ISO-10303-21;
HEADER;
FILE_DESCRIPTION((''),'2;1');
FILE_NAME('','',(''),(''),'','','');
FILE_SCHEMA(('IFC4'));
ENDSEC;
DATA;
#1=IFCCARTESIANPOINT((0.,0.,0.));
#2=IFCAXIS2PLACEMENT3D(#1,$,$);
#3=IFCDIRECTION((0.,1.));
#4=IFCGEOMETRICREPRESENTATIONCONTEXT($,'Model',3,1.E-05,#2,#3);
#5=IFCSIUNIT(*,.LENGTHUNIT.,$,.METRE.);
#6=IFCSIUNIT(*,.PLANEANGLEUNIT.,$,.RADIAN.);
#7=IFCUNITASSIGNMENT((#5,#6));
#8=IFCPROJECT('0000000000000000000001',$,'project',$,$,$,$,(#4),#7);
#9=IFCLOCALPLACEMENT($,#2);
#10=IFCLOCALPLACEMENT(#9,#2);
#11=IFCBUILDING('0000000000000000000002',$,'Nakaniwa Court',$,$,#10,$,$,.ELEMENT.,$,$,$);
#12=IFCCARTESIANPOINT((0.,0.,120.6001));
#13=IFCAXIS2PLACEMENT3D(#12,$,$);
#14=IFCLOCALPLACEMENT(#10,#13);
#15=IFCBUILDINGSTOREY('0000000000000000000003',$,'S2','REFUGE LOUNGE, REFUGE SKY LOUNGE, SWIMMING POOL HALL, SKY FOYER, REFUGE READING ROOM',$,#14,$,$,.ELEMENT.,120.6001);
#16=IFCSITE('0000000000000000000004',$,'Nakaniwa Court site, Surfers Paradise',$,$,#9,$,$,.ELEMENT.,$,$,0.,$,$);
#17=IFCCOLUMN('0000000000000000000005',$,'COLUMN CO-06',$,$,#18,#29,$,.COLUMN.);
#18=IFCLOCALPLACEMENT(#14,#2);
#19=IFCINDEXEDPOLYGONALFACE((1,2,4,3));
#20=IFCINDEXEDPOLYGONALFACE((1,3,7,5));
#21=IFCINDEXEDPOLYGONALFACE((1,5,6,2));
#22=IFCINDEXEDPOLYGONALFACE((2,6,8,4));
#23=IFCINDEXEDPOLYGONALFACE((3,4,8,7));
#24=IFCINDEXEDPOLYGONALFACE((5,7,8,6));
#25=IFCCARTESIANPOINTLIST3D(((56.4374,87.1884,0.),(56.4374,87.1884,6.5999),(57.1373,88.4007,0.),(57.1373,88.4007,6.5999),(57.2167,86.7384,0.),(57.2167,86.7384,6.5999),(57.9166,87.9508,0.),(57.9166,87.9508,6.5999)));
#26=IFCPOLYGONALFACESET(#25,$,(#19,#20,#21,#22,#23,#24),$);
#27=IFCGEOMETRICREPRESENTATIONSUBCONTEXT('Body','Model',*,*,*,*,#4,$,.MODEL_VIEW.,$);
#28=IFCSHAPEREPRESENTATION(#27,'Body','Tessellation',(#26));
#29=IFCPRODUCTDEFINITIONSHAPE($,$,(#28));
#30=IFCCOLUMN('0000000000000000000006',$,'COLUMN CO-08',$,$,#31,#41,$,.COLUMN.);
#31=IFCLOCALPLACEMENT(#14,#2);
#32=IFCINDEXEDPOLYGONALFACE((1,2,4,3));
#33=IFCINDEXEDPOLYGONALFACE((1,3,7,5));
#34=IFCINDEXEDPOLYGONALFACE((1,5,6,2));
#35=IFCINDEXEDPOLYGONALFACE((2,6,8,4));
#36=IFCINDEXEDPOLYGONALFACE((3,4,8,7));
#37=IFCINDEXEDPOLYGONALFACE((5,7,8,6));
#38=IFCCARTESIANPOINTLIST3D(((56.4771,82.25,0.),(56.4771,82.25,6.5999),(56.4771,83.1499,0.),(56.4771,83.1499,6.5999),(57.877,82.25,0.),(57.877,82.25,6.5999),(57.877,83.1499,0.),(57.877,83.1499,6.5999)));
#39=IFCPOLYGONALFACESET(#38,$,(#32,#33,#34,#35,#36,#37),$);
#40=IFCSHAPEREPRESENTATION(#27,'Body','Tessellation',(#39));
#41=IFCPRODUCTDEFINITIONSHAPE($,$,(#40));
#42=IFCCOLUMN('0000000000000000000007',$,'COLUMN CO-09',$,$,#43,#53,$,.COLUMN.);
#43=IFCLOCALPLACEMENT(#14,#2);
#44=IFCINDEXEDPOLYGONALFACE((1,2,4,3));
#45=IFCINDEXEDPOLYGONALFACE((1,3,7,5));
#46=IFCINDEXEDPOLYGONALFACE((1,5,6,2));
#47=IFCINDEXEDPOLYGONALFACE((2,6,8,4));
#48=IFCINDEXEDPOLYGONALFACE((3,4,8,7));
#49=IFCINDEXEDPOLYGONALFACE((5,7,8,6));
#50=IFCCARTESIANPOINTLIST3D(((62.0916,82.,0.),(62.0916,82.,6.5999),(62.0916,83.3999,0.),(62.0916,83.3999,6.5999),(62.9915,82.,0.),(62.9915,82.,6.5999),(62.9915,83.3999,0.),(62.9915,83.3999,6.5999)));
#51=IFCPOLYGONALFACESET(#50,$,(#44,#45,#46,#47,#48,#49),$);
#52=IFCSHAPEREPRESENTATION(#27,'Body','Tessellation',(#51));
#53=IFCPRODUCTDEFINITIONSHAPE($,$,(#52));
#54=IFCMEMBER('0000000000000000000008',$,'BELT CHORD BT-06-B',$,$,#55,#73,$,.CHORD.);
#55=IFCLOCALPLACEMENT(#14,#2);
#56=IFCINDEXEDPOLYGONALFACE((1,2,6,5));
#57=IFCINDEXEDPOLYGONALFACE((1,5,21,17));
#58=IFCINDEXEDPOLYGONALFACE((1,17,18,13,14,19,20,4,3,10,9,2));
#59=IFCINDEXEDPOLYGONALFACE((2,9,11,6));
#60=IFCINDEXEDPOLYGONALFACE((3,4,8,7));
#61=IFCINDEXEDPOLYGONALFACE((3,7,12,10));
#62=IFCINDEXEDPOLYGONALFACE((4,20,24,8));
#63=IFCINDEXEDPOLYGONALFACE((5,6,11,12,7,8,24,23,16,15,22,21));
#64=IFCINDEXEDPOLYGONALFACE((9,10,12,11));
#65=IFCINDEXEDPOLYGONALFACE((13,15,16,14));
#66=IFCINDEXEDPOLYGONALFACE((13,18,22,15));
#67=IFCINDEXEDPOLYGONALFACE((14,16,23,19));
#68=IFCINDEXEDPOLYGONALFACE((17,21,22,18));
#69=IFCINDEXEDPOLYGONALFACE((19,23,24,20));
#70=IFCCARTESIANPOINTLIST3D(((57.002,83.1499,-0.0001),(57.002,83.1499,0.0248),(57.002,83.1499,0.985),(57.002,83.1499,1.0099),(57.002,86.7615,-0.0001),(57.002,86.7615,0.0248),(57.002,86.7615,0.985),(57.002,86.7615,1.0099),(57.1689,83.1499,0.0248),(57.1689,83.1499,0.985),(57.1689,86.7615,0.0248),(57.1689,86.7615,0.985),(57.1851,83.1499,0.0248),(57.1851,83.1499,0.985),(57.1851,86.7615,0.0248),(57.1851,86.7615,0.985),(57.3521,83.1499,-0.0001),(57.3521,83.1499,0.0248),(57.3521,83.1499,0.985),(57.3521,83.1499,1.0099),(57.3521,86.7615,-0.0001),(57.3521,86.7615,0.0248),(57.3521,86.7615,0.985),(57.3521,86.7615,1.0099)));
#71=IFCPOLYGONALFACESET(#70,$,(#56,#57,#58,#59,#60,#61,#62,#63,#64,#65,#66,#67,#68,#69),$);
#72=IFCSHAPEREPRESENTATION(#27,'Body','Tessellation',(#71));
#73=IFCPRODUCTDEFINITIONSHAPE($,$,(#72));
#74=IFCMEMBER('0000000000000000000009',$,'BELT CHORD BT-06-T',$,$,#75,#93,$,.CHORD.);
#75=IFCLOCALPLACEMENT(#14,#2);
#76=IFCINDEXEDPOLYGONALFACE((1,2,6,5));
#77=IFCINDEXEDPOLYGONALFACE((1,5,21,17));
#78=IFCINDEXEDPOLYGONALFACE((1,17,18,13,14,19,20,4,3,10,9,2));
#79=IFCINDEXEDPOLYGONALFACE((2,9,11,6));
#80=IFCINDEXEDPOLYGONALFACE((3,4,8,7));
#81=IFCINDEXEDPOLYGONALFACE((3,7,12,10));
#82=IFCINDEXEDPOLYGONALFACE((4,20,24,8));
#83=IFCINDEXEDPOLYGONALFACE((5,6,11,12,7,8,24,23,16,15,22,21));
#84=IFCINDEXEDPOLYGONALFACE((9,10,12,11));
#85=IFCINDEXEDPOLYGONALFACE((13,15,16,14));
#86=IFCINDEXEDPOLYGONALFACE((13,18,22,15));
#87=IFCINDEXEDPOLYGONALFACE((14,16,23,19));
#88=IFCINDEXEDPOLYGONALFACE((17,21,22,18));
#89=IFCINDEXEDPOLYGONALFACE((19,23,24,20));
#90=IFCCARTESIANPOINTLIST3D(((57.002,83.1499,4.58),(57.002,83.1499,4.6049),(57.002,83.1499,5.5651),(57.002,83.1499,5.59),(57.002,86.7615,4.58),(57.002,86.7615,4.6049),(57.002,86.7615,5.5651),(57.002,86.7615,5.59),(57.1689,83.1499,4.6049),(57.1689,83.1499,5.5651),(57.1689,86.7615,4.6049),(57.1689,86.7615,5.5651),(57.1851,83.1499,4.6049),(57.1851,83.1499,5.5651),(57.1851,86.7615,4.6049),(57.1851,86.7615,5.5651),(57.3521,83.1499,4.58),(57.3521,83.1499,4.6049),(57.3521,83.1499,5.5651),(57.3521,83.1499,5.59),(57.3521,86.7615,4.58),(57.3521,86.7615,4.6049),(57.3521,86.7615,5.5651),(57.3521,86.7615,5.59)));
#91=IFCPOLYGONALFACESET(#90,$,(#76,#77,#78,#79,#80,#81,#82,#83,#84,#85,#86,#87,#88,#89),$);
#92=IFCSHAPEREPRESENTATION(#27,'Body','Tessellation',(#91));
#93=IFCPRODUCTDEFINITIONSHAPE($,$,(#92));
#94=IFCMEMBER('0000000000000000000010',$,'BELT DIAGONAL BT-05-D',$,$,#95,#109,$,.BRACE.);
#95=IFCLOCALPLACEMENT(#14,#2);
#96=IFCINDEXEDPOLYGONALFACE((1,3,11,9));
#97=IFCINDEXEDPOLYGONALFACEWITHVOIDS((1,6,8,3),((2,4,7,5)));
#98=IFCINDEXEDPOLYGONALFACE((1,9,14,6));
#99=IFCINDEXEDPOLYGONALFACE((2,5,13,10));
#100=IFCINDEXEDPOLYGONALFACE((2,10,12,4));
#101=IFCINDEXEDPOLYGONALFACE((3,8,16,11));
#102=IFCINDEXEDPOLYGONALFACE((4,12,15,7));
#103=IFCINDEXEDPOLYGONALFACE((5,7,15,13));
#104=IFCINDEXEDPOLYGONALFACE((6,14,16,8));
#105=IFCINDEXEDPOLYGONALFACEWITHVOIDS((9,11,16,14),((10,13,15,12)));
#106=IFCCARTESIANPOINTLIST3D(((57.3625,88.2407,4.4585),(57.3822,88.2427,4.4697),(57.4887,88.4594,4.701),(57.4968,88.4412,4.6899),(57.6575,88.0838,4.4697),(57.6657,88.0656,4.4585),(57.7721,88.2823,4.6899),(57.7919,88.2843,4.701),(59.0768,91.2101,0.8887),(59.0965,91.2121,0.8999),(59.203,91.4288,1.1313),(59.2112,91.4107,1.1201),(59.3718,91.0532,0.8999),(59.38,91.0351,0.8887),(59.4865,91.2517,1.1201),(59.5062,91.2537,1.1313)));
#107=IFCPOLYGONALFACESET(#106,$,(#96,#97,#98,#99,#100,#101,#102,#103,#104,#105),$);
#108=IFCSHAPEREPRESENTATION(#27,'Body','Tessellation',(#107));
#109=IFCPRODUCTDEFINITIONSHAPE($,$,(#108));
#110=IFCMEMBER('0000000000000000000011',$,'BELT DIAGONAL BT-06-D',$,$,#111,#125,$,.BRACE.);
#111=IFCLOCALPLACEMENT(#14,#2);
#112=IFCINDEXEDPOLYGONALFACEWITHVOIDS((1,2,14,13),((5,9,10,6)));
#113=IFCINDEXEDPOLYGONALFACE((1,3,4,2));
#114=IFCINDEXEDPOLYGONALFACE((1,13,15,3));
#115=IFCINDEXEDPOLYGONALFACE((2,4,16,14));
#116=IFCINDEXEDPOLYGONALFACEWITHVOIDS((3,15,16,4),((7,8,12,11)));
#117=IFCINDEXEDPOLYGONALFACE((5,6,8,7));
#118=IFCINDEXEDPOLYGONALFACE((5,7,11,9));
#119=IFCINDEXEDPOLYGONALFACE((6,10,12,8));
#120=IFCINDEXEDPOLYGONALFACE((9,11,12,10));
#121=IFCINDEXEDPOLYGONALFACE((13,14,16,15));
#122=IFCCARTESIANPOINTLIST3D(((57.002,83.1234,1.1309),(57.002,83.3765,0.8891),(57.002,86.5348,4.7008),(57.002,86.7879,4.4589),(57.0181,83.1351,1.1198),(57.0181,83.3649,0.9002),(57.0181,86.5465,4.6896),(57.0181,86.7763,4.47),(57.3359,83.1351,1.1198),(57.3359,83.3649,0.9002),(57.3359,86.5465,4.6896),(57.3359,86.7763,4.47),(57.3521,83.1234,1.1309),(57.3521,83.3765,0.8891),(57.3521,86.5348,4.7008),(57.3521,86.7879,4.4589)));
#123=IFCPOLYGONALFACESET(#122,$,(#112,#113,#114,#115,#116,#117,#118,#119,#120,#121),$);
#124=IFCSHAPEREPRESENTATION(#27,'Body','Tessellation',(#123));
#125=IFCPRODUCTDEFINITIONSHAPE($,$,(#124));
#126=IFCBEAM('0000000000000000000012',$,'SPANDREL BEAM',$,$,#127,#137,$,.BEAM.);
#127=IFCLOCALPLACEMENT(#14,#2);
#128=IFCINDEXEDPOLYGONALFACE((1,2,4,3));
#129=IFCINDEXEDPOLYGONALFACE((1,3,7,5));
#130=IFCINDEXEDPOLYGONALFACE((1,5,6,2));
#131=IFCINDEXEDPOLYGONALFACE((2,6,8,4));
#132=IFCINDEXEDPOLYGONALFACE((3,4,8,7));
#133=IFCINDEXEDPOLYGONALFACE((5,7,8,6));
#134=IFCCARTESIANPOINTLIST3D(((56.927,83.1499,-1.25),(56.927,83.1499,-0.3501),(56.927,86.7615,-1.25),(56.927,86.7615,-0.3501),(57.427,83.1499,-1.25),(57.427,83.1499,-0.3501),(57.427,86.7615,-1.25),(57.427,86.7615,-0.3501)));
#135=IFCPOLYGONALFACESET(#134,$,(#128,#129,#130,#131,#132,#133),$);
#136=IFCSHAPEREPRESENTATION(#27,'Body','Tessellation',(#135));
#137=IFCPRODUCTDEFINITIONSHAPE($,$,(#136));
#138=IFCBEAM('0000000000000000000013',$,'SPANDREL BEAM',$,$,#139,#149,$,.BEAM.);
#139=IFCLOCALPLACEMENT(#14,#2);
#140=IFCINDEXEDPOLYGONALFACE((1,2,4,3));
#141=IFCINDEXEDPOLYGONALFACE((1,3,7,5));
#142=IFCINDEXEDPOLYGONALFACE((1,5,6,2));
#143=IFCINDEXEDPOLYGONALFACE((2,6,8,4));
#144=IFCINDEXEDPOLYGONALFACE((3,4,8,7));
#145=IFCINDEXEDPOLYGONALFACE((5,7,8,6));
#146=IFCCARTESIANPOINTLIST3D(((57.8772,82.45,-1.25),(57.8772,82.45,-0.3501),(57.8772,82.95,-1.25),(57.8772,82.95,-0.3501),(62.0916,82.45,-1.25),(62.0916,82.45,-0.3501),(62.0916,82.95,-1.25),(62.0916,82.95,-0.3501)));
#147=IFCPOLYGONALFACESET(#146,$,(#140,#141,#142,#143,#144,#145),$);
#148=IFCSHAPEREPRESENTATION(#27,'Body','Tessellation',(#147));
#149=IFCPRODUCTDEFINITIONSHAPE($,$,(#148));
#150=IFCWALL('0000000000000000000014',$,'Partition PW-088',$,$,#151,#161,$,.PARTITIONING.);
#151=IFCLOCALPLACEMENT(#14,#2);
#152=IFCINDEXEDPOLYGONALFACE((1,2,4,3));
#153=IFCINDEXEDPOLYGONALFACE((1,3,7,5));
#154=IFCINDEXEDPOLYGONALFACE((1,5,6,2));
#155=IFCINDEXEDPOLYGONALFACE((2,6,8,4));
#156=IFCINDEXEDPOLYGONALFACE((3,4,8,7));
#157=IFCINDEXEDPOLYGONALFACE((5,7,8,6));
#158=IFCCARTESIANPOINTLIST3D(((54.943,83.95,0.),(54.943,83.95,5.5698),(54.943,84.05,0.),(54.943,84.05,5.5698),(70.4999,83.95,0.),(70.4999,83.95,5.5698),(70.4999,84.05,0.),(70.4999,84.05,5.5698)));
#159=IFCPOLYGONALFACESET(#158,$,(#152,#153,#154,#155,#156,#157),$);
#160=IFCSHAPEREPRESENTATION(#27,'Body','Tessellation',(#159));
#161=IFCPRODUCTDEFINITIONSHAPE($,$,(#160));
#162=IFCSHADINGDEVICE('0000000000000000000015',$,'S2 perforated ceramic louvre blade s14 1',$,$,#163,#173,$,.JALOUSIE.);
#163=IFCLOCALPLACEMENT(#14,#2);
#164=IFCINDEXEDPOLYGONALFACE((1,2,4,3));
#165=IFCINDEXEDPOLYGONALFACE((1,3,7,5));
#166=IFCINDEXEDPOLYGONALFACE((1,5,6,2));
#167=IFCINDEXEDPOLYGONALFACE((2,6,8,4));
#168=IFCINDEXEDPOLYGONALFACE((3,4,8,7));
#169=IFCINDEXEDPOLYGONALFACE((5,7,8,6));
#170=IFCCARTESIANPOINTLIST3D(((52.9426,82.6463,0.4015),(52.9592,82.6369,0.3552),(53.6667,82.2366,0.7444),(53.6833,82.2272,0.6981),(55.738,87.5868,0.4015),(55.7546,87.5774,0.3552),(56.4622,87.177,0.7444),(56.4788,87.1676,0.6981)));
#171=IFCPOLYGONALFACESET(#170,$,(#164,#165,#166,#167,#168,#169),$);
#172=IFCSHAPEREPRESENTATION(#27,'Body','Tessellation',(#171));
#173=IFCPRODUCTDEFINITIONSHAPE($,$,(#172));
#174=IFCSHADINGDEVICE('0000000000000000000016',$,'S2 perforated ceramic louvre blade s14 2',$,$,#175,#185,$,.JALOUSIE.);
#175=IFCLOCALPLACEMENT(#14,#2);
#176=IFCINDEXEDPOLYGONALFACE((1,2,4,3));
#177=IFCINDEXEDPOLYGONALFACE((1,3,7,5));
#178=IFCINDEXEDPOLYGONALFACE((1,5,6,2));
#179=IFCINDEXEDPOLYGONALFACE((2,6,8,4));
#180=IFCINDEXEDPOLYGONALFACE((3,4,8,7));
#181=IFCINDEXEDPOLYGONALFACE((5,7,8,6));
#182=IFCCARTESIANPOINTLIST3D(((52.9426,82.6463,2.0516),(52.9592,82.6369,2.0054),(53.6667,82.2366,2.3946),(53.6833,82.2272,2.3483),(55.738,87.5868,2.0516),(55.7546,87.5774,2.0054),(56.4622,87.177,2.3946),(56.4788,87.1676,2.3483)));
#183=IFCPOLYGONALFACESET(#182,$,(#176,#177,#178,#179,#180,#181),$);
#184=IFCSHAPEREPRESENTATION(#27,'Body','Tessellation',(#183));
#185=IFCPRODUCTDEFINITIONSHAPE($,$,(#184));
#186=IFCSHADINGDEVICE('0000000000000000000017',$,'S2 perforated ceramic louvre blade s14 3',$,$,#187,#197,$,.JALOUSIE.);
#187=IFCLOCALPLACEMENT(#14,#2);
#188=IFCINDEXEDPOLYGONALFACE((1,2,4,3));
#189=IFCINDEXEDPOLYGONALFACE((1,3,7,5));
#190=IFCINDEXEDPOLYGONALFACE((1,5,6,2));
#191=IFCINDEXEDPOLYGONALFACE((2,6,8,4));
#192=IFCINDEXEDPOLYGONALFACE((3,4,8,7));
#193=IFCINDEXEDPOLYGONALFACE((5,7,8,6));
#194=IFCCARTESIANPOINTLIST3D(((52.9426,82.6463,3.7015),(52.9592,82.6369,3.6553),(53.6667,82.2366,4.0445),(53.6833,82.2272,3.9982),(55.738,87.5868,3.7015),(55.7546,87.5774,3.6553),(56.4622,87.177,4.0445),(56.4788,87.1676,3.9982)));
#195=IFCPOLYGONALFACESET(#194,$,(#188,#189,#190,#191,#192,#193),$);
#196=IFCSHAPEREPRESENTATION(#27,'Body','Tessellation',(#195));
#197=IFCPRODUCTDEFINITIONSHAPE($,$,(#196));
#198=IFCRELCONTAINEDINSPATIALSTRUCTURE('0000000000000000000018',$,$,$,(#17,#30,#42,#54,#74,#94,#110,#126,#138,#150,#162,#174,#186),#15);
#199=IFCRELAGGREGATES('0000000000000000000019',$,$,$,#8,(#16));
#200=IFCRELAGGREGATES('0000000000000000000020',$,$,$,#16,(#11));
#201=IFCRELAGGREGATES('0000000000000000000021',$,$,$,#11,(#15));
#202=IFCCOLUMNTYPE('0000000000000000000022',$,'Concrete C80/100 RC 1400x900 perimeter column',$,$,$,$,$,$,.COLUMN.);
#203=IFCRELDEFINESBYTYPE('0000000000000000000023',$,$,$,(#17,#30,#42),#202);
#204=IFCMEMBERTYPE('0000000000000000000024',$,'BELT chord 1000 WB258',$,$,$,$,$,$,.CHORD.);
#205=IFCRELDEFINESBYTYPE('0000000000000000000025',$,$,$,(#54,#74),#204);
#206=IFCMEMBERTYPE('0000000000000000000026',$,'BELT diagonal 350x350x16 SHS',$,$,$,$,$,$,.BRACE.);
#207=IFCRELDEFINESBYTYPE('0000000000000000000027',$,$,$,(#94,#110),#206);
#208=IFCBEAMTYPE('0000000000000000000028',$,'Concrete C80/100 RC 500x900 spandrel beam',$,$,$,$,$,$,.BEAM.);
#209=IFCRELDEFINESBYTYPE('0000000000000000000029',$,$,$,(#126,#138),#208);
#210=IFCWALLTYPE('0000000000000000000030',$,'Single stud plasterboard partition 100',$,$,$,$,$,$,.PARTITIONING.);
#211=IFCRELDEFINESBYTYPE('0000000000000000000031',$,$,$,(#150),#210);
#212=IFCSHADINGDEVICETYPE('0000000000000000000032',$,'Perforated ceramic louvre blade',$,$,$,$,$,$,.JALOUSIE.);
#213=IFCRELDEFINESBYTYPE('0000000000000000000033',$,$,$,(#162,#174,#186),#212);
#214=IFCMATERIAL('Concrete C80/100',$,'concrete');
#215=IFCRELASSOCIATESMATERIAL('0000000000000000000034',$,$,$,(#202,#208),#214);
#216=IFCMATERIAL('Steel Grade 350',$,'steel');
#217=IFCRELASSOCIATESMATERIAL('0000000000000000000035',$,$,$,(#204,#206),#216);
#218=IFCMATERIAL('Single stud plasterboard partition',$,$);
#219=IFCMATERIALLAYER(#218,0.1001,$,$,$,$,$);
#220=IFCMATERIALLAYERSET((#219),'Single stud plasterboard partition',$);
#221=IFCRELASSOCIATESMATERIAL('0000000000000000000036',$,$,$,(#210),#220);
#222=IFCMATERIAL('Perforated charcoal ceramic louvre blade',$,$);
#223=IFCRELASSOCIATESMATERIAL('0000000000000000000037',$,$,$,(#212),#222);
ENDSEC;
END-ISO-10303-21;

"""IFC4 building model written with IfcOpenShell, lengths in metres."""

from ifc_helpers import new_model, si_unit, direction, frame, frame_2d, origin, origin_2d, place, context, subcontext, project, spatial, rectangle, hollow_rectangle, i_section, extrude, material, layer, layer_set, material_profile, profile_set, type_object, element, save


model = new_model("IFC4")

# Units and contexts
model_context = context("Model", 3, precision=1e-05, world=origin(), true_north=direction((0.0, 1.0)))
body_context = subcontext(model_context, "Body", "Model", "MODEL_VIEW")
ifc_project = project(units=[si_unit("LENGTHUNIT", "METRE"), si_unit("PLANEANGLEUNIT", "RADIAN")], contexts=[model_context])

# Site, building, storey
site_placement = place(None, origin())
site = spatial("IfcSite", under=ifc_project, at=site_placement, Name="Nakaniwa Court site, Surfers Paradise", CompositionType="ELEMENT", RefElevation=0.0)
building_placement = place(site_placement, origin())
building = spatial("IfcBuilding", under=site, at=building_placement, Name="Nakaniwa Court", CompositionType="ELEMENT")
storey_placement = place(building_placement, frame((0.0, 0.0, 120.6001)))
storey = spatial("IfcBuildingStorey", under=building, at=storey_placement, Name="S2", Description="REFUGE LOUNGE, REFUGE SKY LOUNGE, SWIMMING POOL HALL, SKY FOYER, REFUGE READING ROOM", CompositionType="ELEMENT", Elevation=120.6001)

# Columns
ifc_material_1 = material(Name="Concrete C80/100", Category="concrete")
ifc_material_profile_1 = material_profile(ifc_material_1, rectangle(XDim=1.3999, YDim=0.8999, at=origin_2d()), Name="Concrete C80/100 RC 1400x900 perimeter column")
ifc_profile_set_1 = profile_set([ifc_material_profile_1], Name="Concrete C80/100")
column_type = type_object("IfcColumnType", Name="Concrete C80/100 RC 1400x900 perimeter column", PredefinedType="COLUMN", material=ifc_profile_set_1)
for number, where, z_axis, x_axis, name in (
    (1, (57.177, 87.5696, 0.0), (0.0, 0.0, 1.0), (-0.5, -0.866025, 0.0), "COLUMN CO-06"),
    (2, (57.177, 82.7, 0.0), (0.0, 0.0, 1.0), (1.0, 0.0, 0.0), "COLUMN CO-08"),
    (3, (62.5415, 82.7, 0.0), (0.0, 0.0, 1.0), (0.0, -1.0, 0.0), "COLUMN CO-09"),
):
    element("IfcColumn", number, at=place(storey_placement, frame(where, z_axis=z_axis, x_axis=x_axis)), inside=storey, type_object=column_type, Name=name, PredefinedType="COLUMN", context=body_context, shape_type="SweptSolid", body=[
        extrude(rectangle(XDim=1.3999, YDim=0.8999, at=origin_2d()), origin(), (0.0, 0.0, 1.0), 6.5999),
    ])

# Members
ifc_material_2 = material(Name="Steel Grade 350", Category="steel")
ifc_material_profile_2 = material_profile(ifc_material_2, i_section(OverallWidth=0.3501, OverallDepth=1.01, WebThickness=0.0161, FlangeThickness=0.0249, at=origin_2d()), Name="1000WB258")
ifc_profile_set_2 = profile_set([ifc_material_profile_2], Name="Steel Grade 350")
member_type_1 = type_object("IfcMemberType", Name="BELT chord 1000 WB258", PredefinedType="CHORD", material=ifc_profile_set_2)
for number, where, z_axis, x_axis, name in (
    (4, (57.177, 86.7615, 0.5049), (0.0, -1.0, 0.0), (1.0, 0.0, 0.0), "BELT CHORD BT-06-B"),
    (5, (57.177, 86.7615, 5.085), (0.0, -1.0, 0.0), (1.0, 0.0, 0.0), "BELT CHORD BT-06-T"),
):
    element("IfcMember", number, at=place(storey_placement, frame(where, z_axis=z_axis, x_axis=x_axis)), inside=storey, type_object=member_type_1, Name=name, PredefinedType="CHORD", context=body_context, shape_type="SweptSolid", body=[
        extrude(i_section(OverallWidth=0.3501, OverallDepth=1.01, WebThickness=0.0161, FlangeThickness=0.0249, at=origin_2d()), origin(), (0.0, 0.0, 1.0), 3.6116),
    ])
ifc_material_profile_3 = material_profile(ifc_material_2, hollow_rectangle(XDim=0.3501, YDim=0.3501, WallThickness=0.0161, at=origin_2d()), Name="BELT diagonal 350x350x16 SHS")
ifc_profile_set_3 = profile_set([ifc_material_profile_3], Name="Steel Grade 350")
member_type_2 = type_object("IfcMemberType", Name="BELT diagonal 350x350x16 SHS", PredefinedType="BRACE", material=ifc_profile_set_3)
member_1_placement = place(storey_placement, frame((59.2915, 91.2319, 1.01), z_axis=(-0.346349, -0.59992, 0.721206), x_axis=(0.866035, -0.499983, 0.0)))
element("IfcMember", 6, at=member_1_placement, inside=storey, type_object=member_type_2, Name="BELT DIAGONAL BT-05-D", PredefinedType="BRACE", context=body_context, shape_type="SweptSolid", body=[
    extrude(hollow_rectangle(XDim=0.3501, YDim=0.3501, WallThickness=0.0161, at=origin_2d()), origin(), (0.0, 0.0, 1.0), 4.9497),
])
member_2_placement = place(storey_placement, frame((57.177, 86.6614, 4.5798), z_axis=(0.0, -0.69088, -0.722969), x_axis=(1.0, 0.0, 0.0)))
element("IfcMember", 7, at=member_2_placement, inside=storey, type_object=member_type_2, Name="BELT DIAGONAL BT-06-D", PredefinedType="BRACE", context=body_context, shape_type="SweptSolid", body=[
    extrude(hollow_rectangle(XDim=0.3501, YDim=0.3501, WallThickness=0.0161, at=origin_2d()), origin(), (0.0, 0.0, 1.0), 4.9377),
])

# Beams
ifc_material_profile_4 = material_profile(ifc_material_1, rectangle(XDim=0.5, YDim=0.8999, at=origin_2d()), Name="Concrete C80/100 RC 500x900 spandrel beam")
ifc_profile_set_4 = profile_set([ifc_material_profile_4], Name="Concrete C80/100")
beam_type = type_object("IfcBeamType", Name="Concrete C80/100 RC 500x900 spandrel beam", PredefinedType="BEAM", material=ifc_profile_set_4)
beam_1_placement = place(storey_placement, frame((57.177, 86.7615, -0.8), z_axis=(0.0, -1.0, 0.0), x_axis=(1.0, 0.0, 0.0)))
element("IfcBeam", 8, at=beam_1_placement, inside=storey, type_object=beam_type, Name="SPANDREL BEAM", PredefinedType="BEAM", context=body_context, shape_type="SweptSolid", body=[
    extrude(rectangle(XDim=0.5, YDim=0.8999, at=origin_2d()), origin(), (0.0, 0.0, 1.0), 3.6116),
])
beam_2_placement = place(storey_placement, frame((57.8772, 82.7, -0.8), z_axis=(1.0, 0.0, 0.0), x_axis=(0.0, 1.0, 0.0)))
element("IfcBeam", 9, at=beam_2_placement, inside=storey, type_object=beam_type, Name="SPANDREL BEAM", PredefinedType="BEAM", context=body_context, shape_type="SweptSolid", body=[
    extrude(rectangle(XDim=0.5, YDim=0.8999, at=origin_2d()), origin(), (0.0, 0.0, 1.0), 4.2144),
])

# Wall
ifc_material_3 = material(Name="Single stud plasterboard partition")
ifc_layer = layer(ifc_material_3, 0.1001)
ifc_layer_set = layer_set([ifc_layer], Name="Single stud plasterboard partition")
wall_type = type_object("IfcWallType", Name="Single stud plasterboard partition 100", PredefinedType="PARTITIONING", material=ifc_layer_set)
wall_placement = place(storey_placement, frame((54.9431, 84.0, 0.0), z_axis=(0.0, 0.0, 1.0), x_axis=(1.0, 0.0, 0.0)))
element("IfcWall", 10, at=wall_placement, inside=storey, type_object=wall_type, Name="Partition PW-088", PredefinedType="PARTITIONING", context=body_context, shape_type="SweptSolid", body=[
    extrude(rectangle(XDim=15.5569, YDim=0.1001, at=frame_2d((7.7783, 0.0))), origin(), (0.0, 0.0, 1.0), 5.5698),
])

# Shading devices
ifc_material_4 = material(Name="Perforated charcoal ceramic louvre blade")
ifc_material_profile_5 = material_profile(ifc_material_4, rectangle(XDim=0.8999, YDim=0.05, at=origin_2d()), Name="Perforated ceramic louvre blade")
ifc_profile_set_5 = profile_set([ifc_material_profile_5], Name="Perforated charcoal ceramic louvre blade")
shading_device_type = type_object("IfcShadingDeviceType", Name="Perforated ceramic louvre blade", PredefinedType="JALOUSIE", material=ifc_profile_set_5)
for number, where, z_axis, x_axis, name in (
    (11, (56.1084, 87.3772, 0.5498), (-0.492457, -0.870337, 0.0), (0.804666, -0.455299, 0.38107), "S2 perforated ceramic louvre blade s14 1"),
    (12, (56.1084, 87.3772, 2.2), (-0.492457, -0.870337, 0.0), (0.804666, -0.455299, 0.38107), "S2 perforated ceramic louvre blade s14 2"),
    (13, (56.1084, 87.3772, 3.8499), (-0.492457, -0.870337, 0.0), (0.804666, -0.455299, 0.38107), "S2 perforated ceramic louvre blade s14 3"),
):
    element("IfcShadingDevice", number, at=place(storey_placement, frame(where, z_axis=z_axis, x_axis=x_axis)), inside=storey, type_object=shading_device_type, Name=name, PredefinedType="JALOUSIE", context=body_context, shape_type="SweptSolid", body=[
        extrude(rectangle(XDim=0.8999, YDim=0.05, at=origin_2d()), origin(), (0.0, 0.0, 1.0), 5.6765),
    ])

save(model, "model.ifc")
